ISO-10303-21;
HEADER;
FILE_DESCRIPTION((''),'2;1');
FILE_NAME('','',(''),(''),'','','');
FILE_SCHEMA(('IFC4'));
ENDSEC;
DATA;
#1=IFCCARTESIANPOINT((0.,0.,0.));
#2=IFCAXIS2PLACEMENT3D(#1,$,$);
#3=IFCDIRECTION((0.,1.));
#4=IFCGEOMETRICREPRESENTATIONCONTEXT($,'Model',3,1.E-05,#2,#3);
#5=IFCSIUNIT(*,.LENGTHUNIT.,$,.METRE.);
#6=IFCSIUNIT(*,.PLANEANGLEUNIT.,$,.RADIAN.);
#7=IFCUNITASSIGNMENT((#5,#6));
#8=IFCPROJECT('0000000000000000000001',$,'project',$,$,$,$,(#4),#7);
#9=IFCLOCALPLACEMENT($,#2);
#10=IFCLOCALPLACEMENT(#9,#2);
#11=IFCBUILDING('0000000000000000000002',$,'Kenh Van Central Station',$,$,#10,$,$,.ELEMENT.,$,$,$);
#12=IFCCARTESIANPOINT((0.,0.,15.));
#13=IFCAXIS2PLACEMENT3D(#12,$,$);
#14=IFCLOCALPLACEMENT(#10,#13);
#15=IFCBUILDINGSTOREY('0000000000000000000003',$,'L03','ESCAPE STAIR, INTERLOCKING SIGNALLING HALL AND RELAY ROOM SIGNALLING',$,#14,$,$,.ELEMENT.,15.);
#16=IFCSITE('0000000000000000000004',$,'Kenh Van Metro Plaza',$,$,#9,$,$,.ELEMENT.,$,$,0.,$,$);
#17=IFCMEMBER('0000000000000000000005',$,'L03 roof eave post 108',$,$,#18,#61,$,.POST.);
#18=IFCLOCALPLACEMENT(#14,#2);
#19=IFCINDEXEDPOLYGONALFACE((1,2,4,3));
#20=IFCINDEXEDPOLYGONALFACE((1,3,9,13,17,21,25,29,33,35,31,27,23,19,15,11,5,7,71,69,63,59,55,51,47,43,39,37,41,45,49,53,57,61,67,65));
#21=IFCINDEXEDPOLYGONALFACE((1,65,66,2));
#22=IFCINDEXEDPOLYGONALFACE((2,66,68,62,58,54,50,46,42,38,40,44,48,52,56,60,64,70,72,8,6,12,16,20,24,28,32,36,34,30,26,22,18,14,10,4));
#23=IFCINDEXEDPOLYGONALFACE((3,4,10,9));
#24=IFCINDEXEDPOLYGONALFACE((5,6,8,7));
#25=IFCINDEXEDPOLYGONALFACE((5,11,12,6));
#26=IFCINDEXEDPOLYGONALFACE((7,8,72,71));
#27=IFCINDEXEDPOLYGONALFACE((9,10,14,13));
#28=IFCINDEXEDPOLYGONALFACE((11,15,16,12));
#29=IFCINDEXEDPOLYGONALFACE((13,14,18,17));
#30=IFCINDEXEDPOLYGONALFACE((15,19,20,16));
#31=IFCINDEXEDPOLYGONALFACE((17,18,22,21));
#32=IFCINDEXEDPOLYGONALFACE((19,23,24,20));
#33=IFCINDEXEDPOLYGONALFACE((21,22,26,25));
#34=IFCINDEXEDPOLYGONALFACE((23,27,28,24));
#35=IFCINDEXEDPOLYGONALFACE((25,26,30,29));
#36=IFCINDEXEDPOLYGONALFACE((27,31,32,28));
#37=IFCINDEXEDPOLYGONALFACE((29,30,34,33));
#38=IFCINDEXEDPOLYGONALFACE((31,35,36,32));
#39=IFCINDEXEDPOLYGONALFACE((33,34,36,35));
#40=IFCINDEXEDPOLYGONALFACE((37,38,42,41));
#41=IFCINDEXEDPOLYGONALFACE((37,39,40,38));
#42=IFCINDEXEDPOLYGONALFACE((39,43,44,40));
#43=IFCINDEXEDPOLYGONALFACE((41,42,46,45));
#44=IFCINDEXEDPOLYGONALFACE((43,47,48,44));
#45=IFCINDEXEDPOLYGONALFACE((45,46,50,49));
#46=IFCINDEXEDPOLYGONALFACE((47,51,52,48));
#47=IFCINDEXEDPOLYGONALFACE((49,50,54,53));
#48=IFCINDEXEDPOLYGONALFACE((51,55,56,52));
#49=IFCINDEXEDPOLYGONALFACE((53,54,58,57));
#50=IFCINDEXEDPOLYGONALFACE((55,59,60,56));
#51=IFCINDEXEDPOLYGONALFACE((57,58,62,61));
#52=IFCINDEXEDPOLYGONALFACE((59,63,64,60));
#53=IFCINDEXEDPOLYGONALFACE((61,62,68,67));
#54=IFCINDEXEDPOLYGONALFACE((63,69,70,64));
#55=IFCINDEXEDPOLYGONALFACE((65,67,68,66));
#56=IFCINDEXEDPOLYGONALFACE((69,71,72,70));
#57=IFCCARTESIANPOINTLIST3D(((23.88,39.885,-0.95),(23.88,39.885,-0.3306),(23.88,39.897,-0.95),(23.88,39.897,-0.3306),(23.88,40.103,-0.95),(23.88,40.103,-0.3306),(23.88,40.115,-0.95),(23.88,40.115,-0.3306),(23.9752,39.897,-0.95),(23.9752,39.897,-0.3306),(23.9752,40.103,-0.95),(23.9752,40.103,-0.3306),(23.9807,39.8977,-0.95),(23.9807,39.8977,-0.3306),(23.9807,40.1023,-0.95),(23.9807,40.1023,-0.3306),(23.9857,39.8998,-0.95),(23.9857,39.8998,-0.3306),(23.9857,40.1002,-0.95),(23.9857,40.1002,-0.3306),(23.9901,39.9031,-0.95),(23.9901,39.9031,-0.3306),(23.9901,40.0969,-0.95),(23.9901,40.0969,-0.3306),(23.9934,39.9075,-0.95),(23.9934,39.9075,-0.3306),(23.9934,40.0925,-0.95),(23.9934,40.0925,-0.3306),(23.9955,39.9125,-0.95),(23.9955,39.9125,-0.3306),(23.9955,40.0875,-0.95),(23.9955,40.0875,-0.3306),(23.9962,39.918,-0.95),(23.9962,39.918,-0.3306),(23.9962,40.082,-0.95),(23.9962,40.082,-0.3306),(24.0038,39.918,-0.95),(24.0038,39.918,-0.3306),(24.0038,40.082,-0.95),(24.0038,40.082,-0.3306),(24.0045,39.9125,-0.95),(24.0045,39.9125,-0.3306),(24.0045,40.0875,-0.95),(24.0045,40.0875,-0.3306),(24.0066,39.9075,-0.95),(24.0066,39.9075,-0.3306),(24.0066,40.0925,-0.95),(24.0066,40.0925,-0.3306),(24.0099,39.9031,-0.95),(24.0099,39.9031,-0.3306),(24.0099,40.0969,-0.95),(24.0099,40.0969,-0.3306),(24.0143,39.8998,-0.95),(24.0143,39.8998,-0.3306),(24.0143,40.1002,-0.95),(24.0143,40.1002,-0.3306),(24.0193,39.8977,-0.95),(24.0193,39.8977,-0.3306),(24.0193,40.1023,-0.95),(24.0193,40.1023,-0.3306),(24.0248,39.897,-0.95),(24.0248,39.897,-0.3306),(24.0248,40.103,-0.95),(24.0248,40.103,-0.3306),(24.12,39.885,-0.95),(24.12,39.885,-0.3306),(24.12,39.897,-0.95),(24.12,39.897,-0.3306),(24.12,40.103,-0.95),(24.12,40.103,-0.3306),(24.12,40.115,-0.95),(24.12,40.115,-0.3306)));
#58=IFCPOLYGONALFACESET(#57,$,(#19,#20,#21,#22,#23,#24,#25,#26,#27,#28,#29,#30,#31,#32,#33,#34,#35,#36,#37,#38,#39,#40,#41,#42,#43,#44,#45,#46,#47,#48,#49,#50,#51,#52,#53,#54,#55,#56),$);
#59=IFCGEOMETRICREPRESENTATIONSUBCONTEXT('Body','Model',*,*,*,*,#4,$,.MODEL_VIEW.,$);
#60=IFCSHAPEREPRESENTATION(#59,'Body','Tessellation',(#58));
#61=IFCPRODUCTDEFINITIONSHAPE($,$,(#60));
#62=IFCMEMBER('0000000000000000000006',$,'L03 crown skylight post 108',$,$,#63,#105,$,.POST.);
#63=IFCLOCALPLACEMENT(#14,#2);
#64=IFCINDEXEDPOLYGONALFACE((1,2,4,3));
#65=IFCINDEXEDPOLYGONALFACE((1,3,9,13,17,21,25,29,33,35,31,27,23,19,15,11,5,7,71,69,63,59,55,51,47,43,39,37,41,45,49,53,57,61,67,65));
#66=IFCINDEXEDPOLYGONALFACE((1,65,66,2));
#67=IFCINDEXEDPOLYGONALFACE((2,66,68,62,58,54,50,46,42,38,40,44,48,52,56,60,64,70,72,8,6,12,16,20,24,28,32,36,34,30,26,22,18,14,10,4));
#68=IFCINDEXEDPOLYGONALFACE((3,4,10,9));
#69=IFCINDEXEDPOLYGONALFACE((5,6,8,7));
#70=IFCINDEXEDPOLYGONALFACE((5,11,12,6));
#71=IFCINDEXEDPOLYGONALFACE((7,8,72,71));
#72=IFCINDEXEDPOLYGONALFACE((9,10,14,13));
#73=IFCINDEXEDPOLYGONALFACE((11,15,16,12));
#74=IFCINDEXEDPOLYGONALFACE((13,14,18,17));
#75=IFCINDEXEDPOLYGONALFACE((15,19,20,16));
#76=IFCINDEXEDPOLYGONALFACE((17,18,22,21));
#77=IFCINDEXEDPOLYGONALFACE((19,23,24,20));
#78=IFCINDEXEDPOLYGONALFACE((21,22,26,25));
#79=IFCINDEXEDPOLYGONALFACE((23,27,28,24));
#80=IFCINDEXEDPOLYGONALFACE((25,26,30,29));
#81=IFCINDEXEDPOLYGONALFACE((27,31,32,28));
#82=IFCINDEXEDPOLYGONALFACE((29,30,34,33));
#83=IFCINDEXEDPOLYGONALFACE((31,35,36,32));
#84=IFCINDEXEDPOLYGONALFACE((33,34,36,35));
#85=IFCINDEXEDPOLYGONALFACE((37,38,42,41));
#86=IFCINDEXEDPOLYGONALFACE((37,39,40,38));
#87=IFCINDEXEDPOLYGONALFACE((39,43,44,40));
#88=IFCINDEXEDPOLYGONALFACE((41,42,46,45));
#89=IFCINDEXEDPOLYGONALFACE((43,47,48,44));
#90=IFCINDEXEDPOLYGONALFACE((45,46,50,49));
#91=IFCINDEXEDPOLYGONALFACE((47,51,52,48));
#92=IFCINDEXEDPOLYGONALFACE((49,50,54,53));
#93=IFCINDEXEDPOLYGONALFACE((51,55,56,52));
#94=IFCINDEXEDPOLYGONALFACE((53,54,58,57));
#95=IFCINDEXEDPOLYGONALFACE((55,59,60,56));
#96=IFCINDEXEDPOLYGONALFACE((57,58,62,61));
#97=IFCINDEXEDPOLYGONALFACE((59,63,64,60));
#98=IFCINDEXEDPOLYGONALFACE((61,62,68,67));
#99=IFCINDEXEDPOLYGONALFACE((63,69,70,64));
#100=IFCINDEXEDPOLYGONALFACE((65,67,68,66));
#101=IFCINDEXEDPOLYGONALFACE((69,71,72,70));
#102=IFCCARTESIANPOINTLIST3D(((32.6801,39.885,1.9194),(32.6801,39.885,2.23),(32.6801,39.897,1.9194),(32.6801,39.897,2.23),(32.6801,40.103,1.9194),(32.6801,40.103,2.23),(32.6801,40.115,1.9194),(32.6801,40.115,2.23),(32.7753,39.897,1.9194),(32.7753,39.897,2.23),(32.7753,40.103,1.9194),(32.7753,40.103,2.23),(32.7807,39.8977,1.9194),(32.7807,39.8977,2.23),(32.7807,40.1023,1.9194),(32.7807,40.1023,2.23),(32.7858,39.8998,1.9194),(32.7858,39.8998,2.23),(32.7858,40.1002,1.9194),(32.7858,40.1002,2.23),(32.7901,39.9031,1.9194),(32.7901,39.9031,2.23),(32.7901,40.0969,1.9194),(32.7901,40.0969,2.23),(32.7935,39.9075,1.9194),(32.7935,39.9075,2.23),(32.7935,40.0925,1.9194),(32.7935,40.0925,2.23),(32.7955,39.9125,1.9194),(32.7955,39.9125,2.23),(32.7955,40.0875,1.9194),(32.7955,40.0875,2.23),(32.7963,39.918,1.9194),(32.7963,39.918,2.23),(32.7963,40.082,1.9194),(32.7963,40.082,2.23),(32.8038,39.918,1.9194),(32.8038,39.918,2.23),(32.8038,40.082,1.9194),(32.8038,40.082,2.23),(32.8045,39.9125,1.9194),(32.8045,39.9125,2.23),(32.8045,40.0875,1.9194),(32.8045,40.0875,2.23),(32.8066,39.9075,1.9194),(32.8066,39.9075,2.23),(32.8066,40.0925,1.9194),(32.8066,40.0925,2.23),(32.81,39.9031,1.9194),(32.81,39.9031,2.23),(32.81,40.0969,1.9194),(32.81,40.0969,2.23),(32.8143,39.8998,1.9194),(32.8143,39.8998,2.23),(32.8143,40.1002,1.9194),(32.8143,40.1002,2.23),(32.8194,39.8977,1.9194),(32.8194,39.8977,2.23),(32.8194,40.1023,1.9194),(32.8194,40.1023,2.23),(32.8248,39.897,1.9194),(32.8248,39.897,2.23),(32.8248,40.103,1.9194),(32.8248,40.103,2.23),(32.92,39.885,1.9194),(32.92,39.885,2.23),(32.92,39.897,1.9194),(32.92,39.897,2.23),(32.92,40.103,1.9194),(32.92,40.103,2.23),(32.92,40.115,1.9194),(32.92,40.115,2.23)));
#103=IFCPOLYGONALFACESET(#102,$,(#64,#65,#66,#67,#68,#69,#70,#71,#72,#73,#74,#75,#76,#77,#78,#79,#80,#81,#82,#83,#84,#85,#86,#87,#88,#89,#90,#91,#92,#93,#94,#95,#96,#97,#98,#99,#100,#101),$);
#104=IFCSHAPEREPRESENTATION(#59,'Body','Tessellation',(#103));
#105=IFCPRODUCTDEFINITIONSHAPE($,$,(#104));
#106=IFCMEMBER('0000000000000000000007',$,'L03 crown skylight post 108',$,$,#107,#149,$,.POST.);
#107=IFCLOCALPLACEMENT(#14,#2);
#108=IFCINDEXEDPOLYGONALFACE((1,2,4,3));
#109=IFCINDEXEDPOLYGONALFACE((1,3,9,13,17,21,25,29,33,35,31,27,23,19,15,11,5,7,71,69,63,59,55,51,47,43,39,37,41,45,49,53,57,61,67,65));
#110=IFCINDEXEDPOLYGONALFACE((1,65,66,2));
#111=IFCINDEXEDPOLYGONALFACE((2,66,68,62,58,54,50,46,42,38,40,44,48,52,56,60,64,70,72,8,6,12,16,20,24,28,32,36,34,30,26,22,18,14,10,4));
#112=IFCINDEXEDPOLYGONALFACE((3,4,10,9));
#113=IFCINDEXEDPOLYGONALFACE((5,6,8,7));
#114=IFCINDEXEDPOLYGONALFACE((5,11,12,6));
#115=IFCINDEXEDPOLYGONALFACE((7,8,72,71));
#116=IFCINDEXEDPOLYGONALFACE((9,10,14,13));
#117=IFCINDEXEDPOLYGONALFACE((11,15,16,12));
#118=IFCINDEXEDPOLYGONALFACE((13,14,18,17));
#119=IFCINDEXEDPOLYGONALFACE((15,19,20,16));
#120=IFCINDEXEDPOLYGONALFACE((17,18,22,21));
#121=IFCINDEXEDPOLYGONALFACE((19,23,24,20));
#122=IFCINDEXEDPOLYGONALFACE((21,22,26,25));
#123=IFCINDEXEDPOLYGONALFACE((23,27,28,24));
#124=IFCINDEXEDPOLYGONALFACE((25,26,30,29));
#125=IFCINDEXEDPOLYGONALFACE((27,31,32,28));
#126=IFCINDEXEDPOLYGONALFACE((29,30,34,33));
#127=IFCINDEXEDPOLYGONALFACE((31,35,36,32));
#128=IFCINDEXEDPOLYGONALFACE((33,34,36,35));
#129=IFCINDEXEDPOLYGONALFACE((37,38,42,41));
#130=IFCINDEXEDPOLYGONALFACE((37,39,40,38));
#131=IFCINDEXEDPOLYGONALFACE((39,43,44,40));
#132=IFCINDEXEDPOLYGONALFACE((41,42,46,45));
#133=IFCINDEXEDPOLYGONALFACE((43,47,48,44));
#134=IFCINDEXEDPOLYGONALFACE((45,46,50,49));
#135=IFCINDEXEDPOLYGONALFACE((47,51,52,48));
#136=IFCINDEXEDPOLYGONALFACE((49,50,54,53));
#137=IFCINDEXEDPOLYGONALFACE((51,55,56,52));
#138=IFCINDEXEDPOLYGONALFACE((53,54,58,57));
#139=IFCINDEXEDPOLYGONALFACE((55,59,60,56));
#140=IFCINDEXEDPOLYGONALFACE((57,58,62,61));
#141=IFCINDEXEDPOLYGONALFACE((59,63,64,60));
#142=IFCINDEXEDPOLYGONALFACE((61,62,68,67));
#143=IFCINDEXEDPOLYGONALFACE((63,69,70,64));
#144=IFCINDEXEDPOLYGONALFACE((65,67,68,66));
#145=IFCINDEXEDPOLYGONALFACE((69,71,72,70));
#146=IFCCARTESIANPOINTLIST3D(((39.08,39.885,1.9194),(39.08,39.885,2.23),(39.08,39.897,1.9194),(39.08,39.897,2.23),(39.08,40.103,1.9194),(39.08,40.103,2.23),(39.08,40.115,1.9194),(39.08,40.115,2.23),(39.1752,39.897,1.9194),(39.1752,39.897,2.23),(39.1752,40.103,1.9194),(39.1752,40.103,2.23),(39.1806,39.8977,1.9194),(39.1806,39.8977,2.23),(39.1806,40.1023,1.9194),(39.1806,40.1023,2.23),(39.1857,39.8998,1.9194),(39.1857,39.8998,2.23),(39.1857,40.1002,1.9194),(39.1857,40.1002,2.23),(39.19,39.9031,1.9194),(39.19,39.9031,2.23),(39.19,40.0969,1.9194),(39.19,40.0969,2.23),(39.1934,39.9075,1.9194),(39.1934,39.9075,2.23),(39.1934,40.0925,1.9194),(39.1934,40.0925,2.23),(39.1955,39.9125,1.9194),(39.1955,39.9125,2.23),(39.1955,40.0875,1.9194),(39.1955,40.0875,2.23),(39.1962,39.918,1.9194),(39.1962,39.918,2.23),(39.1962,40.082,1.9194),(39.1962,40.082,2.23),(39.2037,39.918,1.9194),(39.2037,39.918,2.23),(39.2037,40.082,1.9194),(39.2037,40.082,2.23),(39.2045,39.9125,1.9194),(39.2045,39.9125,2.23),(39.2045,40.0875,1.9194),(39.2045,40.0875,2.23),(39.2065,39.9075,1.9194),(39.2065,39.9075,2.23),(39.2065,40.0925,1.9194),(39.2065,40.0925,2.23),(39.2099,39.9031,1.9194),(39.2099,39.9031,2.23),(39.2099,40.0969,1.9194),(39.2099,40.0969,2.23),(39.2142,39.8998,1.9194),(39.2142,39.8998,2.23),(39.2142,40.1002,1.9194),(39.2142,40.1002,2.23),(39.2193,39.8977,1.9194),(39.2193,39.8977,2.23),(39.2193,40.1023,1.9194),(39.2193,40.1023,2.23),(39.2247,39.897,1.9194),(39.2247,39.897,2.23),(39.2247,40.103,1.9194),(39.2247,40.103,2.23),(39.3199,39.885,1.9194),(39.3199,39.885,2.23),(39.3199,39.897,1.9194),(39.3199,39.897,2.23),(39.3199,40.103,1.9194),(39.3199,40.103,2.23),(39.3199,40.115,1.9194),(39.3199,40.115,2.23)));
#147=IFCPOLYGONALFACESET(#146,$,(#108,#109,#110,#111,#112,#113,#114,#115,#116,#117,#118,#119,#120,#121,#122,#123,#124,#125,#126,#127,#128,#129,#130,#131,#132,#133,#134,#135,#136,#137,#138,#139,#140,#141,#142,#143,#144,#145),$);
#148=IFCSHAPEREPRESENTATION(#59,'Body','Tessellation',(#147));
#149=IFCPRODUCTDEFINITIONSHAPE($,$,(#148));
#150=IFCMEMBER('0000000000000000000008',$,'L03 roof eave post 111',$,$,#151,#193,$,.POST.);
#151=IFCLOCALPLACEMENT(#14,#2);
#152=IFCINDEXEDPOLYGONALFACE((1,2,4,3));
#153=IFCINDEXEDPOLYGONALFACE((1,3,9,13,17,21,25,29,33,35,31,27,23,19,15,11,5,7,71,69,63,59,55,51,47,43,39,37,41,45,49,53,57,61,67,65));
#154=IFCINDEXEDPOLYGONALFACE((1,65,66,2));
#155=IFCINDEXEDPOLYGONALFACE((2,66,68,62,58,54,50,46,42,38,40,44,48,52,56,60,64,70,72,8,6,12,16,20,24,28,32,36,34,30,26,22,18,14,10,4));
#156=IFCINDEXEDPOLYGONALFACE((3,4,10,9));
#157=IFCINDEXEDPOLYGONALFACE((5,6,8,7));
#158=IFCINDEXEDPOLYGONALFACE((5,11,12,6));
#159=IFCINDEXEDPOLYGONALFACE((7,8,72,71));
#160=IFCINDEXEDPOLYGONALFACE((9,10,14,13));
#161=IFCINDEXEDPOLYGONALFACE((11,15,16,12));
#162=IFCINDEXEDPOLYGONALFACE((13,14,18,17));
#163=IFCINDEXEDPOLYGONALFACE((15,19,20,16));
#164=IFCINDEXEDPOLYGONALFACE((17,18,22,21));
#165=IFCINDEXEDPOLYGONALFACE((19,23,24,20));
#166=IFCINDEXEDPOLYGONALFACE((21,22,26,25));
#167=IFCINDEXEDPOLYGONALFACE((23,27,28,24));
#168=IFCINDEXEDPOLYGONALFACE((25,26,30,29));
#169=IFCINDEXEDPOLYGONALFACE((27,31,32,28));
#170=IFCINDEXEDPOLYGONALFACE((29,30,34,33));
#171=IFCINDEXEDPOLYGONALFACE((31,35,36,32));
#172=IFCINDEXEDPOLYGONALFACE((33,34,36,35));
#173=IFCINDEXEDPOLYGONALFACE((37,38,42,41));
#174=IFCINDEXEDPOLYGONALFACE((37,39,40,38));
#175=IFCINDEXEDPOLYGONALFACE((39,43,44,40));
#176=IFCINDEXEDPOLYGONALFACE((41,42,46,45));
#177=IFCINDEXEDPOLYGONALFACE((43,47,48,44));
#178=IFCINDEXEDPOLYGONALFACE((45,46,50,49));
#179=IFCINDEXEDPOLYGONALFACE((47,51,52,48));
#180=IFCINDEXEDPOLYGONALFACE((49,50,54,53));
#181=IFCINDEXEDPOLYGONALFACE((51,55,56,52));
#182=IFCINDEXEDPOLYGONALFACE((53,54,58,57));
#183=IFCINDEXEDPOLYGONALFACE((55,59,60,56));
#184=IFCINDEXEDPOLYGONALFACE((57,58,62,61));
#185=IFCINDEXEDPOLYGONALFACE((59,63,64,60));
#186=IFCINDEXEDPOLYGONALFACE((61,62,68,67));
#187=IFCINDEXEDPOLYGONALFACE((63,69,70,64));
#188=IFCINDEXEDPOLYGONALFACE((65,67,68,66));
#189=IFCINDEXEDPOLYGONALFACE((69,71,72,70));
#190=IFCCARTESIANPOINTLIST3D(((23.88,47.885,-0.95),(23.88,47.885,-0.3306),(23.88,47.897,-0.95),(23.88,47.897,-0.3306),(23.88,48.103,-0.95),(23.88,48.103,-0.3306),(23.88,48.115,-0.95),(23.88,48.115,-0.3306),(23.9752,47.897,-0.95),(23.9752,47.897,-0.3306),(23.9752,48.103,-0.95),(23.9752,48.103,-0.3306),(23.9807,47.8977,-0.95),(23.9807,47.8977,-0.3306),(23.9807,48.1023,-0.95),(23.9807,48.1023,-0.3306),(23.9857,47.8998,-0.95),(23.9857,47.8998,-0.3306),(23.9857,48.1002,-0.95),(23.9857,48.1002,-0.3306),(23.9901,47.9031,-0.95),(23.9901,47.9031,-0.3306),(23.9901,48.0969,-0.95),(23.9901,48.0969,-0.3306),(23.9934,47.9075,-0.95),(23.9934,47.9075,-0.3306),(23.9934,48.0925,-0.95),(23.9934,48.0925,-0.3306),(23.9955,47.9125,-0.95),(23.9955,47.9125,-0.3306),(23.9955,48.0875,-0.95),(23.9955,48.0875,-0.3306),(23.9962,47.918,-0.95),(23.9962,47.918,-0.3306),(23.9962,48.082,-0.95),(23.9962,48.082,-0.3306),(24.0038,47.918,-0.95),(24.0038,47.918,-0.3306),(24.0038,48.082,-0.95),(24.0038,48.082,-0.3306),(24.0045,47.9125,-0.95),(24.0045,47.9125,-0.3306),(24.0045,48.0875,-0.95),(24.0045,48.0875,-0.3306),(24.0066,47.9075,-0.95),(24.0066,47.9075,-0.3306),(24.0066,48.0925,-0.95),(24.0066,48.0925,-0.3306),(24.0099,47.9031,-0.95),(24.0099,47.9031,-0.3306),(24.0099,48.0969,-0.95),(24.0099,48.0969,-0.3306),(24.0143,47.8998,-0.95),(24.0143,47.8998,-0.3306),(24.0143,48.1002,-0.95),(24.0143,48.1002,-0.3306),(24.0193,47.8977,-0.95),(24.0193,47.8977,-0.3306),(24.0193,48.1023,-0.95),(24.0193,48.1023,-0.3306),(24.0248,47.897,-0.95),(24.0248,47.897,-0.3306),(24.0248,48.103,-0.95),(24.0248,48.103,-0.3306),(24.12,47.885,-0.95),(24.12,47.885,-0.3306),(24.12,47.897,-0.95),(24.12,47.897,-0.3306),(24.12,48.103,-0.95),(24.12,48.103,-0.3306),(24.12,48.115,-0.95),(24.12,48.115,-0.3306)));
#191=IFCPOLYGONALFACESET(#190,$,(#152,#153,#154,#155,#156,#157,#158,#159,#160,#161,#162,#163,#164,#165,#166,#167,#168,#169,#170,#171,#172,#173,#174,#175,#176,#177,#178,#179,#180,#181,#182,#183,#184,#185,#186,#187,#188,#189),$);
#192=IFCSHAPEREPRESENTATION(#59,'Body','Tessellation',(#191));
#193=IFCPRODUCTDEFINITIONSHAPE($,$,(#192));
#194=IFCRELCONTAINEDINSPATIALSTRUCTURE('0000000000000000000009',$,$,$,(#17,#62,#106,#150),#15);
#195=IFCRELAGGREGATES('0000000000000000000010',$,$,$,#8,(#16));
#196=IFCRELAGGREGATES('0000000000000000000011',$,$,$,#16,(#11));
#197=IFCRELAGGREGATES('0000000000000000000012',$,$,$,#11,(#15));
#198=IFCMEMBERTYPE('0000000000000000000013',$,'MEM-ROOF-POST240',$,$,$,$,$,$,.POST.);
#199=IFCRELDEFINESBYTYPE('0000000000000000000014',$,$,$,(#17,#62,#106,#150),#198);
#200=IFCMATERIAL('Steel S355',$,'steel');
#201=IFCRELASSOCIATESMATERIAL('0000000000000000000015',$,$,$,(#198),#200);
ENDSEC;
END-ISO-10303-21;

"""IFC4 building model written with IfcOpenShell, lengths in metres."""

from ifc_helpers import new_model, si_unit, direction, frame, origin, origin_2d, place, context, subcontext, project, spatial, i_section, extrude, material, material_profile, profile_set, type_object, element, save


model = new_model("IFC4")

# Units and contexts
model_context = context("Model", 3, precision=1e-05, world=origin(), true_north=direction((0.0, 1.0)))
body_context = subcontext(model_context, "Body", "Model", "MODEL_VIEW")
ifc_project = project(units=[si_unit("LENGTHUNIT", "METRE"), si_unit("PLANEANGLEUNIT", "RADIAN")], contexts=[model_context])

# Site, building, storey
site_placement = place(None, origin())
site = spatial("IfcSite", under=ifc_project, at=site_placement, Name="Kenh Van Metro Plaza", CompositionType="ELEMENT", RefElevation=0.0)
building_placement = place(site_placement, origin())
building = spatial("IfcBuilding", under=site, at=building_placement, Name="Kenh Van Central Station", CompositionType="ELEMENT")
storey_placement = place(building_placement, frame((0.0, 0.0, 15.0)))
storey = spatial("IfcBuildingStorey", under=building, at=storey_placement, Name="L03", Description="ESCAPE STAIR, INTERLOCKING SIGNALLING HALL AND RELAY ROOM SIGNALLING", CompositionType="ELEMENT", Elevation=15.0)

# Shared definitions
ifc_material_1 = material(Name="Steel S355", Category="steel")

# Members
ifc_material_profile_1 = material_profile(ifc_material_1, i_section(OverallWidth=0.24, OverallDepth=0.23, WebThickness=0.0076, FlangeThickness=0.012, FilletRadius=0.021, at=origin_2d()), Name="HEA 240")
ifc_profile_set_1 = profile_set([ifc_material_profile_1], Name="Steel S355")
member_type_1 = type_object("IfcMemberType", Name="MEM-ROOF-POST240", PredefinedType="POST", material=ifc_profile_set_1)
member_1_placement = place(storey_placement, frame((24.0, 40.0, -0.95), z_axis=(0.0, 0.0, 1.0), x_axis=(1.0, 0.0, 0.0)))
element("IfcMember", 1, at=member_1_placement, inside=storey, type_object=member_type_1, Name="L03 roof eave post 108", PredefinedType="POST", context=body_context, shape_type="SweptSolid", body=[
    extrude(i_section(OverallWidth=0.24, OverallDepth=0.23, WebThickness=0.0076, FlangeThickness=0.012, FilletRadius=0.021, at=origin_2d()), origin(), (0.0, 0.0, 1.0), 0.6194),
])
for number, where, z_axis, x_axis, name in (
    (2, (32.8, 40.0, 1.9194), (0.0, 0.0, 1.0), (1.0, 0.0, 0.0), "L03 crown skylight post 108"),
    (3, (39.2, 40.0, 1.9194), (0.0, 0.0, 1.0), (1.0, 0.0, 0.0), "L03 crown skylight post 108"),
):
    element("IfcMember", number, at=place(storey_placement, frame(where, z_axis=z_axis, x_axis=x_axis)), inside=storey, type_object=member_type_1, Name=name, PredefinedType="POST", context=body_context, shape_type="SweptSolid", body=[
        extrude(i_section(OverallWidth=0.24, OverallDepth=0.23, WebThickness=0.0076, FlangeThickness=0.012, FilletRadius=0.021, at=origin_2d()), origin(), (0.0, 0.0, 1.0), 0.3105),
    ])
member_2_placement = place(storey_placement, frame((24.0, 48.0, -0.95), z_axis=(0.0, 0.0, 1.0), x_axis=(1.0, 0.0, 0.0)))
element("IfcMember", 4, at=member_2_placement, inside=storey, type_object=member_type_1, Name="L03 roof eave post 111", PredefinedType="POST", context=body_context, shape_type="SweptSolid", body=[
    extrude(i_section(OverallWidth=0.24, OverallDepth=0.23, WebThickness=0.0076, FlangeThickness=0.012, FilletRadius=0.021, at=origin_2d()), origin(), (0.0, 0.0, 1.0), 0.6194),
])

save(model, "model.ifc")
